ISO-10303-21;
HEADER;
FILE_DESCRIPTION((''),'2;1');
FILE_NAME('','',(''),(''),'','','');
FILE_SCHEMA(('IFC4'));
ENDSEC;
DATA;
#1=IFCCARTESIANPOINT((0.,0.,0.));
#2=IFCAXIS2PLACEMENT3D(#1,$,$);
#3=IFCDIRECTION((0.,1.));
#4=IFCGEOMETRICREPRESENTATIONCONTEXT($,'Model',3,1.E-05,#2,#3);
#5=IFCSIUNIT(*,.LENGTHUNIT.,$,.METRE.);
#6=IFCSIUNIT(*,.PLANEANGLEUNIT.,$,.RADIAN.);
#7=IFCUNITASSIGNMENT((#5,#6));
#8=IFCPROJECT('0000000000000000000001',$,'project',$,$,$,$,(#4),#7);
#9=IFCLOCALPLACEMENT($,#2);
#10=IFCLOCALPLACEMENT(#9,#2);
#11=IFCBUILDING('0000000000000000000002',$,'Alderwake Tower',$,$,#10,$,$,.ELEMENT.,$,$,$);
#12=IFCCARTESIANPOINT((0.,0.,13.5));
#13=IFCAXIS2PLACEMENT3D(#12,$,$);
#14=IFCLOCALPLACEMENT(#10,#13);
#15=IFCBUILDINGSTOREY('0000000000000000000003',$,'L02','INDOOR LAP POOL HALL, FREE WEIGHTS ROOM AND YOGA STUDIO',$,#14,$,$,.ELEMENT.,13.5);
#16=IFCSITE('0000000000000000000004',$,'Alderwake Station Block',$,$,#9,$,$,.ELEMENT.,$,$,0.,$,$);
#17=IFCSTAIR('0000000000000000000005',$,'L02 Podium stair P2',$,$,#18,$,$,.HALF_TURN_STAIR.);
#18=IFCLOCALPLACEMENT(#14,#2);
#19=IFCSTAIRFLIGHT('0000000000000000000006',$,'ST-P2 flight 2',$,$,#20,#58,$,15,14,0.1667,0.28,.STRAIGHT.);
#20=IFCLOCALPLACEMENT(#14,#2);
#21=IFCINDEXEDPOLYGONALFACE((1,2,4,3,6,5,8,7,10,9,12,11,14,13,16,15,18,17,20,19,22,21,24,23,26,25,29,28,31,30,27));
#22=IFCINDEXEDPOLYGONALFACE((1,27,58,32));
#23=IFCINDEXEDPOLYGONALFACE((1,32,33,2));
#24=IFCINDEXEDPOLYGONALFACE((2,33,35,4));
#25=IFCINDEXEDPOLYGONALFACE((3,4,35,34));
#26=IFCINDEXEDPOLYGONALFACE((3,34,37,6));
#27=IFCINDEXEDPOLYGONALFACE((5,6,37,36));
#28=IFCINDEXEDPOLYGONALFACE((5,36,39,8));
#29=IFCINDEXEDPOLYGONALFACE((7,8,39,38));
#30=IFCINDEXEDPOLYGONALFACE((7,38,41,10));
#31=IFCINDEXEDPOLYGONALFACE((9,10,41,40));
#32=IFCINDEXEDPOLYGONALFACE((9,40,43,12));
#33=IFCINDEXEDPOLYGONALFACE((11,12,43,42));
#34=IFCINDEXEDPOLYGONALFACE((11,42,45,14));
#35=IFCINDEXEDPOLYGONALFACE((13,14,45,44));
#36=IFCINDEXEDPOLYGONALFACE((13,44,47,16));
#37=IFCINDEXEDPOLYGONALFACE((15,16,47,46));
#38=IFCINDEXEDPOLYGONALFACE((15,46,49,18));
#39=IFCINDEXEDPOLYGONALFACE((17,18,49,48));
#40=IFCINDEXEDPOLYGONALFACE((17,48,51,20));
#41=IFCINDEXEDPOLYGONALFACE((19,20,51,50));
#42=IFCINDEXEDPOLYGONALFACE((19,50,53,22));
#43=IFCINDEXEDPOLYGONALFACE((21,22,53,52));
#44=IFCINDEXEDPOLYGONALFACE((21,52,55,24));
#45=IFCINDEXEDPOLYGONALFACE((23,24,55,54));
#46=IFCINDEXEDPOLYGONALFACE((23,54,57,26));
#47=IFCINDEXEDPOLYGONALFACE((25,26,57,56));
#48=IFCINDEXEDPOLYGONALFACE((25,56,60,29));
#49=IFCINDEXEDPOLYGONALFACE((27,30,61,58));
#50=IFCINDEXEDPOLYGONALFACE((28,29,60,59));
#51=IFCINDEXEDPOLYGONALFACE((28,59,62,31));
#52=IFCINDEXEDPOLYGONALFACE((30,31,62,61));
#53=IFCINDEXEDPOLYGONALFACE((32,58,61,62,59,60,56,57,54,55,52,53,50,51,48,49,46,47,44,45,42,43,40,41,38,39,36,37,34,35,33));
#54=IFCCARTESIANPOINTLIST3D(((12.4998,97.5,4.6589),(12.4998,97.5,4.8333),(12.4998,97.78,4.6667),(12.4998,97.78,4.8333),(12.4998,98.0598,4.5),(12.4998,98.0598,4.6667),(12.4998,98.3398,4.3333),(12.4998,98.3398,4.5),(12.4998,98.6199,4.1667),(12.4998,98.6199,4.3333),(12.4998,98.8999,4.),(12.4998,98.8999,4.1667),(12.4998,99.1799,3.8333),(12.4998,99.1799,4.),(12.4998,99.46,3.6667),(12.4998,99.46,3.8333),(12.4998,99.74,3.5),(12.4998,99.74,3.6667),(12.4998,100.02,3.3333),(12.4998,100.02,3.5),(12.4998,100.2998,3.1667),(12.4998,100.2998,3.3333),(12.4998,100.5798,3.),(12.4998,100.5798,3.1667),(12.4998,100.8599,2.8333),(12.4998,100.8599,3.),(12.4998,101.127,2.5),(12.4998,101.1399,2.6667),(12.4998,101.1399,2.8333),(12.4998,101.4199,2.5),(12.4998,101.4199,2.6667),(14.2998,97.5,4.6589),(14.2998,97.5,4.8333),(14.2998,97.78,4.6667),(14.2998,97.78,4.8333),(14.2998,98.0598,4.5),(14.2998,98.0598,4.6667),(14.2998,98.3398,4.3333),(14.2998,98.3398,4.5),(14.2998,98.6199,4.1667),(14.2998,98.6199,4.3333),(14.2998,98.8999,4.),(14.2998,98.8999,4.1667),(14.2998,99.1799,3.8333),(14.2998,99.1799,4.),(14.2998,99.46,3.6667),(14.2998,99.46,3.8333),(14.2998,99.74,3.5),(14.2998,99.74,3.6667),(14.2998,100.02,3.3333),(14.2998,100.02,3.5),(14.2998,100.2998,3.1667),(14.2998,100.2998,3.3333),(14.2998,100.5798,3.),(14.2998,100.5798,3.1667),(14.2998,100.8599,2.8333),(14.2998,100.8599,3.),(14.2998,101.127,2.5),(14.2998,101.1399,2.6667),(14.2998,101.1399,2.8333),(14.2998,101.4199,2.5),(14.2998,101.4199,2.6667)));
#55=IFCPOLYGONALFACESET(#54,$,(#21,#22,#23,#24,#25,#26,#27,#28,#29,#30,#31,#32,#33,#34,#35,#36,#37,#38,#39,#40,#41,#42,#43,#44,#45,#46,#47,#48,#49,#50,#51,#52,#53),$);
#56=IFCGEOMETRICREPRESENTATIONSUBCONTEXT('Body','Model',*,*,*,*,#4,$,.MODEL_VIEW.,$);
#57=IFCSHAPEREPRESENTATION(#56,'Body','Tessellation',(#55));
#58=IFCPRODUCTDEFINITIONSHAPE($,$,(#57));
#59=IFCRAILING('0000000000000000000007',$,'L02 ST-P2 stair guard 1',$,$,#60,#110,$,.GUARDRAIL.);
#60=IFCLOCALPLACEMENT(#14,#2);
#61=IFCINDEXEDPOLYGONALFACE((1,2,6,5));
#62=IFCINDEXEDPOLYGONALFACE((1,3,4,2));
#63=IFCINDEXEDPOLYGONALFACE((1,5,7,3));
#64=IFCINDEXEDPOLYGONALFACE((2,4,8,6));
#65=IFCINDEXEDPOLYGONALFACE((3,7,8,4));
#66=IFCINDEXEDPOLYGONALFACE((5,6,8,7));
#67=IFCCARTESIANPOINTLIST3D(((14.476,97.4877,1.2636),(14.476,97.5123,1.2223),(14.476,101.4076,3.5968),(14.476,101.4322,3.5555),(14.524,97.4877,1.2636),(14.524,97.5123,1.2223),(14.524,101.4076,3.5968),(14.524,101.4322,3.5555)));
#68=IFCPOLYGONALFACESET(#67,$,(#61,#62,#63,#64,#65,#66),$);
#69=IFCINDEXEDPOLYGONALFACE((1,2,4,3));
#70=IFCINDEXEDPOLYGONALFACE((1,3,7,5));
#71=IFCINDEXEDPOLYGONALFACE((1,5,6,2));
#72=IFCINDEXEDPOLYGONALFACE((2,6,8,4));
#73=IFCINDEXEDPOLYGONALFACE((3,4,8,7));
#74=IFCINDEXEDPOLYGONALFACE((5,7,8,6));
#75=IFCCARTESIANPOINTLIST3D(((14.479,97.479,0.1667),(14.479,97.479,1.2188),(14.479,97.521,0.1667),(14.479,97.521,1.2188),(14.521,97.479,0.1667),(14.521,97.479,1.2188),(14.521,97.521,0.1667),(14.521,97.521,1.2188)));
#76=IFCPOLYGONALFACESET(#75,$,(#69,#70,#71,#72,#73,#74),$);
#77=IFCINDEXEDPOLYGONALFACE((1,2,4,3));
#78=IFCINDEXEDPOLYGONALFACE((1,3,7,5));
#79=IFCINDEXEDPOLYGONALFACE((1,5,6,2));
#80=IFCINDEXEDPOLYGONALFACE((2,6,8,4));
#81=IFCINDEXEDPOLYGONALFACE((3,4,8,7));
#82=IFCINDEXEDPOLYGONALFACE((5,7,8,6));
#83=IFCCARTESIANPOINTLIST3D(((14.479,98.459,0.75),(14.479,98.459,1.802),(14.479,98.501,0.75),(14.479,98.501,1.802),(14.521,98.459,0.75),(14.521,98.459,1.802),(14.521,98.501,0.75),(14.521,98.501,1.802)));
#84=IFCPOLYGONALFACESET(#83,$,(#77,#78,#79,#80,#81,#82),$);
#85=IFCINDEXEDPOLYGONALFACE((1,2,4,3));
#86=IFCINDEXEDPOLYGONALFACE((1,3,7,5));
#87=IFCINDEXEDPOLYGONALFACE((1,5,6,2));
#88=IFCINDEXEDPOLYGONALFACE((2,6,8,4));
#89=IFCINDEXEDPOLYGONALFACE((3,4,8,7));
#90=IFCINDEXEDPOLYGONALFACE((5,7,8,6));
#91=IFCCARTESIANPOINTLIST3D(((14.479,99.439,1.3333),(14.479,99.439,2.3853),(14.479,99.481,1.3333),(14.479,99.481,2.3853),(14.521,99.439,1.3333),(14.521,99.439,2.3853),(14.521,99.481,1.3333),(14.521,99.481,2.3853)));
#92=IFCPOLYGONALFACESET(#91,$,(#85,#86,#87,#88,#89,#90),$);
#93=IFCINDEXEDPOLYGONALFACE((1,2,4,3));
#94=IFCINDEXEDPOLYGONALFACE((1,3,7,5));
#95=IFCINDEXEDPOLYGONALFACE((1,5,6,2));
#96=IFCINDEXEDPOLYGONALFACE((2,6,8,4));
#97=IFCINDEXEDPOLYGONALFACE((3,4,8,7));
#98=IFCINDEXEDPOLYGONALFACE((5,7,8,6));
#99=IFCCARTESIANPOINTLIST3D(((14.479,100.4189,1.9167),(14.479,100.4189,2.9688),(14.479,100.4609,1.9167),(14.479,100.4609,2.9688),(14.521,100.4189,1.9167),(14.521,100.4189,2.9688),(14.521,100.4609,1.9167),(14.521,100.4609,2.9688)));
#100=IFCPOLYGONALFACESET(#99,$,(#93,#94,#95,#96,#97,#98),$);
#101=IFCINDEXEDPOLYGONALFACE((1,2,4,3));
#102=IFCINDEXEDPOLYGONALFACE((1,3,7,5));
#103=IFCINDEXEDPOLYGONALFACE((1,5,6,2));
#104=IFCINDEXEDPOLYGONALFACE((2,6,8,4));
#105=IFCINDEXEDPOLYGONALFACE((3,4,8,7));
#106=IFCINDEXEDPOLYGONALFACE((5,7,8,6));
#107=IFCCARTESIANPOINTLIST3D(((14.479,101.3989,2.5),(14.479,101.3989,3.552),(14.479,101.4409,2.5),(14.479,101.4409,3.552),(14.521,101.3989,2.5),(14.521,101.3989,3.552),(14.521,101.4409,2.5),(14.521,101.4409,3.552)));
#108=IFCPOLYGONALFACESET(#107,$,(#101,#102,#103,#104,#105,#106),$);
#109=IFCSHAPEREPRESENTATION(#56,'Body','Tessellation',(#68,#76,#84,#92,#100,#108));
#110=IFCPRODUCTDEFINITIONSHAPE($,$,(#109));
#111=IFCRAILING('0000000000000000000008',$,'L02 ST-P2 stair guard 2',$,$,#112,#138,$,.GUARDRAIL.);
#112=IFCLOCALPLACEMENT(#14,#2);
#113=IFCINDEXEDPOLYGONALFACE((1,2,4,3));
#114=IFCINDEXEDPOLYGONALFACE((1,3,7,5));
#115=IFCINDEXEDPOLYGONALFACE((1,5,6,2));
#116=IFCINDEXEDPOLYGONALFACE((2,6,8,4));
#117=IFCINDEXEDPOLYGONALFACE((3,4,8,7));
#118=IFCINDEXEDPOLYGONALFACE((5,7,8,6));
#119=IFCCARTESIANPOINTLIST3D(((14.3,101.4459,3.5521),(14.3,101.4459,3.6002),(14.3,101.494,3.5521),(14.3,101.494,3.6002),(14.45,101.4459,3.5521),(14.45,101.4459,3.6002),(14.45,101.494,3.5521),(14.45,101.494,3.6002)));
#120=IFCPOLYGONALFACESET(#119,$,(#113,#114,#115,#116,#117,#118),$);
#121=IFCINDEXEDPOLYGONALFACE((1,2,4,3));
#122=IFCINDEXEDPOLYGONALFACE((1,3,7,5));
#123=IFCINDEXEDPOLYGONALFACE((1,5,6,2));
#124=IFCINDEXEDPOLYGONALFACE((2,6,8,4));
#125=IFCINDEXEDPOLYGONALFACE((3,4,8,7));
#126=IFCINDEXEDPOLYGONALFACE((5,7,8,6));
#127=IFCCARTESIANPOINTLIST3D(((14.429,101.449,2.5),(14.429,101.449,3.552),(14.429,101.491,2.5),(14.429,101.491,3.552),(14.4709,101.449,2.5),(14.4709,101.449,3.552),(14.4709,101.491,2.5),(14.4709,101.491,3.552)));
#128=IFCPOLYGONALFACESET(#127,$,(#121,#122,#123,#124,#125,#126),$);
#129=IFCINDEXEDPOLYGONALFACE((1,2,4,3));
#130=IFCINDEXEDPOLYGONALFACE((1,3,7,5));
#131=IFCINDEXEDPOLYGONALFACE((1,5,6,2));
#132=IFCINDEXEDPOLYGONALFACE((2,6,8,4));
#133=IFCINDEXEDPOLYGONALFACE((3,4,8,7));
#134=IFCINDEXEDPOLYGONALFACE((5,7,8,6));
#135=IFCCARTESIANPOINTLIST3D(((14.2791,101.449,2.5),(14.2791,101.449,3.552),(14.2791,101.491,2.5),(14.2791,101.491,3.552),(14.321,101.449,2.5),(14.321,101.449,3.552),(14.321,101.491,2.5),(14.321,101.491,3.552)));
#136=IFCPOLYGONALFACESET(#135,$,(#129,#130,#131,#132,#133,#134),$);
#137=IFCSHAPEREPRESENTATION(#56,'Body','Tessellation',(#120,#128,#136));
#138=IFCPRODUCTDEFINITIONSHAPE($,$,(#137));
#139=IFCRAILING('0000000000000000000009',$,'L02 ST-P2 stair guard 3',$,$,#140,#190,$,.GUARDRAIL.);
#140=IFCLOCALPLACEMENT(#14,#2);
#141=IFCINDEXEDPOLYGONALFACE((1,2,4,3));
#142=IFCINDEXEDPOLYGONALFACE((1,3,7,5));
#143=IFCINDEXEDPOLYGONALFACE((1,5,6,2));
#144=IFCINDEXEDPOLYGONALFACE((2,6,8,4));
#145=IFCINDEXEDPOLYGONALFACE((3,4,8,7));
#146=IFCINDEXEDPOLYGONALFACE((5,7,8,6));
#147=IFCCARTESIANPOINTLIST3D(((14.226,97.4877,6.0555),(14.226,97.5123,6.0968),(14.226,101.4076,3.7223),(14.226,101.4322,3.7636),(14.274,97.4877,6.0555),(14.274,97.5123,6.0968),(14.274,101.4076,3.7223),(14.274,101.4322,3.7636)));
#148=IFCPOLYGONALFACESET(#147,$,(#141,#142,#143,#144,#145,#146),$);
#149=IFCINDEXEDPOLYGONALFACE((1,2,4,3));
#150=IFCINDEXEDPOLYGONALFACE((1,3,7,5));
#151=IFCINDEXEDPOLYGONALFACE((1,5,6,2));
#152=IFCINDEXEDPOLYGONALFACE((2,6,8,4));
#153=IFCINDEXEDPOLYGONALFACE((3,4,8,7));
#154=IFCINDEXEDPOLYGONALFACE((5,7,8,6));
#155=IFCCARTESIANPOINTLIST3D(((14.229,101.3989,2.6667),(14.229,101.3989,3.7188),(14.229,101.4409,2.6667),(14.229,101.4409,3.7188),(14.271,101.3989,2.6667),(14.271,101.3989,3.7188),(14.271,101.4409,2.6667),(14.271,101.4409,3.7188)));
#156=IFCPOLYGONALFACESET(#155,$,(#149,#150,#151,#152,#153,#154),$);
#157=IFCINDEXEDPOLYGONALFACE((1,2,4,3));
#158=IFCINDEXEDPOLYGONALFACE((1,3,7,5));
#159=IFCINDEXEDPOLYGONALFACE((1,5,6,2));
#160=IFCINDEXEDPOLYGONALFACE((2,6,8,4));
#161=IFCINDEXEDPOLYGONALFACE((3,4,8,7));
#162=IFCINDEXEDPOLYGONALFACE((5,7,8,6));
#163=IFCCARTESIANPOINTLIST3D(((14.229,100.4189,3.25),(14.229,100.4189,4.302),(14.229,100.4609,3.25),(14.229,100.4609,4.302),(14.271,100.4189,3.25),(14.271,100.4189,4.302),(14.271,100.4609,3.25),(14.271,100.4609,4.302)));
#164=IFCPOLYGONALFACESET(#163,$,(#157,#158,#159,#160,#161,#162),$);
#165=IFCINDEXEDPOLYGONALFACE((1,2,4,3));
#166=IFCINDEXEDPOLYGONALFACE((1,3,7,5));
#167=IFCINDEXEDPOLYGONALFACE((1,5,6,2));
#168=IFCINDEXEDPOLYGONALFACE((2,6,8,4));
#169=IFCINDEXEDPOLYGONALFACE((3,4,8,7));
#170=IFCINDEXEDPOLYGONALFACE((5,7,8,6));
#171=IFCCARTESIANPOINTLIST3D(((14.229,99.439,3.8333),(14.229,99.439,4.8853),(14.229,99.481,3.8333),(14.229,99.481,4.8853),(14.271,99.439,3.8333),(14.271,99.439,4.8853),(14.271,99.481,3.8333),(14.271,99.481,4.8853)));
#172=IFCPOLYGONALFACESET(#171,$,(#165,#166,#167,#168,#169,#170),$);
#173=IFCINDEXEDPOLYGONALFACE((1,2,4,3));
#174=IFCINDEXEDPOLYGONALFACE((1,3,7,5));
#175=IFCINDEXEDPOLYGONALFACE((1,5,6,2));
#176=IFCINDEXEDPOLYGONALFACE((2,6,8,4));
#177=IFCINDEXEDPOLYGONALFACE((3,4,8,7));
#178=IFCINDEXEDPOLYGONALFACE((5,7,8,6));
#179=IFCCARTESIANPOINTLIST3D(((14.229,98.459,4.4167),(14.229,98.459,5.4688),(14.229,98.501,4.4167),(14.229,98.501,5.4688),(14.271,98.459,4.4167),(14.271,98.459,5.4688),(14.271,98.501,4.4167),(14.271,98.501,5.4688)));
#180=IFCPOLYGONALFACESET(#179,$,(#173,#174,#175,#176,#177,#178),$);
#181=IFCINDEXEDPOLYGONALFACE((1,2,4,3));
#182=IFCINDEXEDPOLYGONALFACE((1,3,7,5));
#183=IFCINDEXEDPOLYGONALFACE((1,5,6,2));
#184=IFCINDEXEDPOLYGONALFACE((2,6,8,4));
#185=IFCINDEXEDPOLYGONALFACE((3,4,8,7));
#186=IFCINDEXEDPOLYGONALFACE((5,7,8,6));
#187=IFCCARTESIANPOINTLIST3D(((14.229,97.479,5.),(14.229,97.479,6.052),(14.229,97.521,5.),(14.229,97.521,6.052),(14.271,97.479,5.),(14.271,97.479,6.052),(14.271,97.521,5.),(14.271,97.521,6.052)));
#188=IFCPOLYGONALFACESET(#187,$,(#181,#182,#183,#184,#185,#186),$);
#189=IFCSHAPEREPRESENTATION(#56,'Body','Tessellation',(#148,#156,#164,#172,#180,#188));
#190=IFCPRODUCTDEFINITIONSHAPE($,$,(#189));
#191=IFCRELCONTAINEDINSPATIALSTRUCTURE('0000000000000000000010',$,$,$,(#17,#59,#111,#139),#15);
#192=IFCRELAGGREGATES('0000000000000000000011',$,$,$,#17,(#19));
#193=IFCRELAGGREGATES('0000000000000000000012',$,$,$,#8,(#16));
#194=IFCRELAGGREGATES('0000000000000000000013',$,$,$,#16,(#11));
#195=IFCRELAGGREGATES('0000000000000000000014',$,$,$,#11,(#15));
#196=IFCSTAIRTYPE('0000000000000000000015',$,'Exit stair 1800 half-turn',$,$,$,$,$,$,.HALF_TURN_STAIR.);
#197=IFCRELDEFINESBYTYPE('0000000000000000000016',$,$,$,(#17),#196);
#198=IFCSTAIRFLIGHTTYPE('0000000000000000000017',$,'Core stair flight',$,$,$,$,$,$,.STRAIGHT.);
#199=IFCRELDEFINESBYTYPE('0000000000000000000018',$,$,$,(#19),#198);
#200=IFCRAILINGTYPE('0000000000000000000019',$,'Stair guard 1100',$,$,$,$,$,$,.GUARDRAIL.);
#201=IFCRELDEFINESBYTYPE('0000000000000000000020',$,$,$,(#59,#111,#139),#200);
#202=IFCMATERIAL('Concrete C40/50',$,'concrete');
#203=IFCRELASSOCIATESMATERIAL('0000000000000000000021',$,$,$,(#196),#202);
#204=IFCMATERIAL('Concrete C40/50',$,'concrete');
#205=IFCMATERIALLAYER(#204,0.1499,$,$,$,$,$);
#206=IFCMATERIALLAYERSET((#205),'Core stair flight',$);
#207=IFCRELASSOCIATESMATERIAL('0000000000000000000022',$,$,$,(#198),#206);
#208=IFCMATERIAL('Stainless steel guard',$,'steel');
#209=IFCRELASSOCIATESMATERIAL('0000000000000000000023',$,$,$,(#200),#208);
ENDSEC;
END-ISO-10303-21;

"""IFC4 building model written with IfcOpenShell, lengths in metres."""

from ifc_helpers import new_model, si_unit, direction, frame, origin, origin_2d, place, context, subcontext, project, spatial, polyline, rectangle, outline, extrude, material, layer, layer_set, type_object, element, aggregate, save


model = new_model("IFC4")

# Units and contexts
model_context = context("Model", 3, precision=1e-05, world=origin(), true_north=direction((0.0, 1.0)))
body_context = subcontext(model_context, "Body", "Model", "MODEL_VIEW")
ifc_project = project(units=[si_unit("LENGTHUNIT", "METRE"), si_unit("PLANEANGLEUNIT", "RADIAN")], contexts=[model_context])

# Site, building, storey
site_placement = place(None, origin())
site = spatial("IfcSite", under=ifc_project, at=site_placement, Name="Alderwake Station Block", CompositionType="ELEMENT", RefElevation=0.0)
building_placement = place(site_placement, origin())
building = spatial("IfcBuilding", under=site, at=building_placement, Name="Alderwake Tower", CompositionType="ELEMENT")
storey_placement = place(building_placement, frame((0.0, 0.0, 13.5)))
storey = spatial("IfcBuildingStorey", under=building, at=storey_placement, Name="L02", Description="INDOOR LAP POOL HALL, FREE WEIGHTS ROOM AND YOGA STUDIO", CompositionType="ELEMENT", Elevation=13.5)

# Stair, stair flight
ifc_material_1 = material(Name="Concrete C40/50", Category="concrete")
stair_type = type_object("IfcStairType", Name="Exit stair 1800 half-turn", PredefinedType="HALF_TURN_STAIR", material=ifc_material_1)
stair_placement = place(storey_placement, origin())
stair = element("IfcStair", 1, at=stair_placement, inside=storey, type_object=stair_type, Name="L02 Podium stair P2", PredefinedType="HALF_TURN_STAIR")
ifc_material_2 = material(Name="Concrete C40/50", Category="concrete")
ifc_layer_1 = layer(ifc_material_2, 0.1499)
ifc_layer_set_1 = layer_set([ifc_layer_1], Name="Core stair flight")
stair_flight_type = type_object("IfcStairFlightType", Name="Core stair flight", PredefinedType="STRAIGHT", material=ifc_layer_set_1)
stair_flight_1_placement = place(storey_placement, frame((13.3999, 101.4199, 2.5), z_axis=(0.0, 0.0, 1.0), x_axis=(0.0, -1.0, 0.0)))
stair_flight_1 = element("IfcStairFlight", 2, at=stair_flight_1_placement, type_object=stair_flight_type, Name="ST-P2 flight 2", NumberOfRisers=15, NumberOfTreads=14, PredefinedType="STRAIGHT", RiserHeight=0.1667, TreadLength=0.28, context=body_context, shape_type="SweptSolid", body=[
    extrude(outline(polyline([(0.0, 0.0), (0.0, 0.1667), (0.28, 0.1667), (0.28, 0.3333), (0.5601, 0.3333), (0.5601, 0.5), (0.8401, 0.5), (0.8401, 0.6667), (1.1201, 0.6667), (1.1201, 0.8333), (1.3999, 0.8333), (1.3999, 1.0), (1.6799, 1.0), (1.6799, 1.1667), (1.96, 1.1667), (1.96, 1.3333), (2.24, 1.3333), (2.24, 1.5), (2.52, 1.5), (2.52, 1.6667), (2.8, 1.6667), (2.8, 1.8333), (3.0801, 1.8333), (3.0801, 2.0), (3.3601, 2.0), (3.3601, 2.1667), (3.6399, 2.1667), (3.6399, 2.3333), (3.9199, 2.3333), (3.9199, 2.5), (3.9199, 2.1589), (0.293, 0.0), (0.0, 0.0)])), frame((0.0, 0.8999, 0.0), z_axis=(0.0, -1.0, 0.0), x_axis=(1.0, 0.0, 0.0)), (0.0, 0.0, 1.0), 1.8),
])
aggregate(stair, [stair_flight_1])

# Railings
ifc_material_3 = material(Name="Stainless steel guard", Category="steel")
railing_type_1 = type_object("IfcRailingType", Name="Stair guard 1100", PredefinedType="GUARDRAIL", material=ifc_material_3)
railing_1_placement = place(storey_placement, frame((14.5, 97.5, 0.1667)))
element("IfcRailing", 3, at=railing_1_placement, inside=storey, type_object=railing_type_1, Name="L02 ST-P2 stair guard 1", PredefinedType="GUARDRAIL", context=body_context, shape_type="SweptSolid", body=[
    extrude(rectangle(XDim=0.0481, YDim=0.0481, at=origin_2d()), frame((0.0, 0.0, 1.0762), z_axis=(0.0, 0.859296, 0.511478), x_axis=(-1.0, 0.0, 0.0)), (0.0, 0.0, 1.0), 4.5618),
    extrude(rectangle(XDim=0.042, YDim=0.042, at=origin_2d()), frame((0.0, 0.0, 0.0), z_axis=(0.0, 0.0, 1.0), x_axis=(0.0, 1.0, 0.0)), (0.0, 0.0, 1.0), 1.052),
    extrude(rectangle(XDim=0.042, YDim=0.042, at=origin_2d()), frame((0.0, 0.98, 0.5833), z_axis=(0.0, 0.0, 1.0), x_axis=(0.0, 1.0, 0.0)), (0.0, 0.0, 1.0), 1.052),
    extrude(rectangle(XDim=0.042, YDim=0.042, at=origin_2d()), frame((0.0, 1.96, 1.1665), z_axis=(0.0, 0.0, 1.0), x_axis=(0.0, 1.0, 0.0)), (0.0, 0.0, 1.0), 1.052),
    extrude(rectangle(XDim=0.042, YDim=0.042, at=origin_2d()), frame((0.0, 2.9399, 1.75), z_axis=(0.0, 0.0, 1.0), x_axis=(0.0, 1.0, 0.0)), (0.0, 0.0, 1.0), 1.052),
    extrude(rectangle(XDim=0.042, YDim=0.042, at=origin_2d()), frame((0.0, 3.9199, 2.3333), z_axis=(0.0, 0.0, 1.0), x_axis=(0.0, 1.0, 0.0)), (0.0, 0.0, 1.0), 1.052),
])
railing_2_placement = place(storey_placement, frame((14.45, 101.47, 2.5)))
element("IfcRailing", 4, at=railing_2_placement, inside=storey, type_object=railing_type_1, Name="L02 ST-P2 stair guard 2", PredefinedType="GUARDRAIL", context=body_context, shape_type="SweptSolid", body=[
    extrude(rectangle(XDim=0.0481, YDim=0.0481, at=origin_2d()), frame((0.0, 0.0, 1.0762), z_axis=(-1.0, 0.0, 0.0), x_axis=(0.0, -1.0, 0.0)), (0.0, 0.0, 1.0), 0.1499),
    extrude(rectangle(XDim=0.042, YDim=0.042, at=origin_2d()), frame((0.0, 0.0, 0.0), z_axis=(0.0, 0.0, 1.0), x_axis=(-1.0, 0.0, 0.0)), (0.0, 0.0, 1.0), 1.052),
    extrude(rectangle(XDim=0.042, YDim=0.042, at=origin_2d()), frame((-0.1499, 0.0, 0.0), z_axis=(0.0, 0.0, 1.0), x_axis=(-1.0, 0.0, 0.0)), (0.0, 0.0, 1.0), 1.052),
])
railing_3_placement = place(storey_placement, frame((14.25, 101.4199, 2.6667)))
element("IfcRailing", 5, at=railing_3_placement, inside=storey, type_object=railing_type_1, Name="L02 ST-P2 stair guard 3", PredefinedType="GUARDRAIL", context=body_context, shape_type="SweptSolid", body=[
    extrude(rectangle(XDim=0.0481, YDim=0.0481, at=origin_2d()), frame((0.0, 0.0, 1.0762), z_axis=(0.0, -0.859296, 0.511478), x_axis=(1.0, 0.0, 0.0)), (0.0, 0.0, 1.0), 4.5618),
    extrude(rectangle(XDim=0.042, YDim=0.042, at=origin_2d()), frame((0.0, 0.0, 0.0), z_axis=(0.0, 0.0, 1.0), x_axis=(0.0, -1.0, 0.0)), (0.0, 0.0, 1.0), 1.052),
    extrude(rectangle(XDim=0.042, YDim=0.042, at=origin_2d()), frame((0.0, -0.98, 0.5833), z_axis=(0.0, 0.0, 1.0), x_axis=(0.0, -1.0, 0.0)), (0.0, 0.0, 1.0), 1.052),
    extrude(rectangle(XDim=0.042, YDim=0.042, at=origin_2d()), frame((0.0, -1.96, 1.1665), z_axis=(0.0, 0.0, 1.0), x_axis=(0.0, -1.0, 0.0)), (0.0, 0.0, 1.0), 1.052),
    extrude(rectangle(XDim=0.042, YDim=0.042, at=origin_2d()), frame((0.0, -2.9399, 1.75), z_axis=(0.0, 0.0, 1.0), x_axis=(0.0, -1.0, 0.0)), (0.0, 0.0, 1.0), 1.052),
    extrude(rectangle(XDim=0.042, YDim=0.042, at=origin_2d()), frame((0.0, -3.9199, 2.3333), z_axis=(0.0, 0.0, 1.0), x_axis=(0.0, -1.0, 0.0)), (0.0, 0.0, 1.0), 1.052),
])

save(model, "model.ifc")
